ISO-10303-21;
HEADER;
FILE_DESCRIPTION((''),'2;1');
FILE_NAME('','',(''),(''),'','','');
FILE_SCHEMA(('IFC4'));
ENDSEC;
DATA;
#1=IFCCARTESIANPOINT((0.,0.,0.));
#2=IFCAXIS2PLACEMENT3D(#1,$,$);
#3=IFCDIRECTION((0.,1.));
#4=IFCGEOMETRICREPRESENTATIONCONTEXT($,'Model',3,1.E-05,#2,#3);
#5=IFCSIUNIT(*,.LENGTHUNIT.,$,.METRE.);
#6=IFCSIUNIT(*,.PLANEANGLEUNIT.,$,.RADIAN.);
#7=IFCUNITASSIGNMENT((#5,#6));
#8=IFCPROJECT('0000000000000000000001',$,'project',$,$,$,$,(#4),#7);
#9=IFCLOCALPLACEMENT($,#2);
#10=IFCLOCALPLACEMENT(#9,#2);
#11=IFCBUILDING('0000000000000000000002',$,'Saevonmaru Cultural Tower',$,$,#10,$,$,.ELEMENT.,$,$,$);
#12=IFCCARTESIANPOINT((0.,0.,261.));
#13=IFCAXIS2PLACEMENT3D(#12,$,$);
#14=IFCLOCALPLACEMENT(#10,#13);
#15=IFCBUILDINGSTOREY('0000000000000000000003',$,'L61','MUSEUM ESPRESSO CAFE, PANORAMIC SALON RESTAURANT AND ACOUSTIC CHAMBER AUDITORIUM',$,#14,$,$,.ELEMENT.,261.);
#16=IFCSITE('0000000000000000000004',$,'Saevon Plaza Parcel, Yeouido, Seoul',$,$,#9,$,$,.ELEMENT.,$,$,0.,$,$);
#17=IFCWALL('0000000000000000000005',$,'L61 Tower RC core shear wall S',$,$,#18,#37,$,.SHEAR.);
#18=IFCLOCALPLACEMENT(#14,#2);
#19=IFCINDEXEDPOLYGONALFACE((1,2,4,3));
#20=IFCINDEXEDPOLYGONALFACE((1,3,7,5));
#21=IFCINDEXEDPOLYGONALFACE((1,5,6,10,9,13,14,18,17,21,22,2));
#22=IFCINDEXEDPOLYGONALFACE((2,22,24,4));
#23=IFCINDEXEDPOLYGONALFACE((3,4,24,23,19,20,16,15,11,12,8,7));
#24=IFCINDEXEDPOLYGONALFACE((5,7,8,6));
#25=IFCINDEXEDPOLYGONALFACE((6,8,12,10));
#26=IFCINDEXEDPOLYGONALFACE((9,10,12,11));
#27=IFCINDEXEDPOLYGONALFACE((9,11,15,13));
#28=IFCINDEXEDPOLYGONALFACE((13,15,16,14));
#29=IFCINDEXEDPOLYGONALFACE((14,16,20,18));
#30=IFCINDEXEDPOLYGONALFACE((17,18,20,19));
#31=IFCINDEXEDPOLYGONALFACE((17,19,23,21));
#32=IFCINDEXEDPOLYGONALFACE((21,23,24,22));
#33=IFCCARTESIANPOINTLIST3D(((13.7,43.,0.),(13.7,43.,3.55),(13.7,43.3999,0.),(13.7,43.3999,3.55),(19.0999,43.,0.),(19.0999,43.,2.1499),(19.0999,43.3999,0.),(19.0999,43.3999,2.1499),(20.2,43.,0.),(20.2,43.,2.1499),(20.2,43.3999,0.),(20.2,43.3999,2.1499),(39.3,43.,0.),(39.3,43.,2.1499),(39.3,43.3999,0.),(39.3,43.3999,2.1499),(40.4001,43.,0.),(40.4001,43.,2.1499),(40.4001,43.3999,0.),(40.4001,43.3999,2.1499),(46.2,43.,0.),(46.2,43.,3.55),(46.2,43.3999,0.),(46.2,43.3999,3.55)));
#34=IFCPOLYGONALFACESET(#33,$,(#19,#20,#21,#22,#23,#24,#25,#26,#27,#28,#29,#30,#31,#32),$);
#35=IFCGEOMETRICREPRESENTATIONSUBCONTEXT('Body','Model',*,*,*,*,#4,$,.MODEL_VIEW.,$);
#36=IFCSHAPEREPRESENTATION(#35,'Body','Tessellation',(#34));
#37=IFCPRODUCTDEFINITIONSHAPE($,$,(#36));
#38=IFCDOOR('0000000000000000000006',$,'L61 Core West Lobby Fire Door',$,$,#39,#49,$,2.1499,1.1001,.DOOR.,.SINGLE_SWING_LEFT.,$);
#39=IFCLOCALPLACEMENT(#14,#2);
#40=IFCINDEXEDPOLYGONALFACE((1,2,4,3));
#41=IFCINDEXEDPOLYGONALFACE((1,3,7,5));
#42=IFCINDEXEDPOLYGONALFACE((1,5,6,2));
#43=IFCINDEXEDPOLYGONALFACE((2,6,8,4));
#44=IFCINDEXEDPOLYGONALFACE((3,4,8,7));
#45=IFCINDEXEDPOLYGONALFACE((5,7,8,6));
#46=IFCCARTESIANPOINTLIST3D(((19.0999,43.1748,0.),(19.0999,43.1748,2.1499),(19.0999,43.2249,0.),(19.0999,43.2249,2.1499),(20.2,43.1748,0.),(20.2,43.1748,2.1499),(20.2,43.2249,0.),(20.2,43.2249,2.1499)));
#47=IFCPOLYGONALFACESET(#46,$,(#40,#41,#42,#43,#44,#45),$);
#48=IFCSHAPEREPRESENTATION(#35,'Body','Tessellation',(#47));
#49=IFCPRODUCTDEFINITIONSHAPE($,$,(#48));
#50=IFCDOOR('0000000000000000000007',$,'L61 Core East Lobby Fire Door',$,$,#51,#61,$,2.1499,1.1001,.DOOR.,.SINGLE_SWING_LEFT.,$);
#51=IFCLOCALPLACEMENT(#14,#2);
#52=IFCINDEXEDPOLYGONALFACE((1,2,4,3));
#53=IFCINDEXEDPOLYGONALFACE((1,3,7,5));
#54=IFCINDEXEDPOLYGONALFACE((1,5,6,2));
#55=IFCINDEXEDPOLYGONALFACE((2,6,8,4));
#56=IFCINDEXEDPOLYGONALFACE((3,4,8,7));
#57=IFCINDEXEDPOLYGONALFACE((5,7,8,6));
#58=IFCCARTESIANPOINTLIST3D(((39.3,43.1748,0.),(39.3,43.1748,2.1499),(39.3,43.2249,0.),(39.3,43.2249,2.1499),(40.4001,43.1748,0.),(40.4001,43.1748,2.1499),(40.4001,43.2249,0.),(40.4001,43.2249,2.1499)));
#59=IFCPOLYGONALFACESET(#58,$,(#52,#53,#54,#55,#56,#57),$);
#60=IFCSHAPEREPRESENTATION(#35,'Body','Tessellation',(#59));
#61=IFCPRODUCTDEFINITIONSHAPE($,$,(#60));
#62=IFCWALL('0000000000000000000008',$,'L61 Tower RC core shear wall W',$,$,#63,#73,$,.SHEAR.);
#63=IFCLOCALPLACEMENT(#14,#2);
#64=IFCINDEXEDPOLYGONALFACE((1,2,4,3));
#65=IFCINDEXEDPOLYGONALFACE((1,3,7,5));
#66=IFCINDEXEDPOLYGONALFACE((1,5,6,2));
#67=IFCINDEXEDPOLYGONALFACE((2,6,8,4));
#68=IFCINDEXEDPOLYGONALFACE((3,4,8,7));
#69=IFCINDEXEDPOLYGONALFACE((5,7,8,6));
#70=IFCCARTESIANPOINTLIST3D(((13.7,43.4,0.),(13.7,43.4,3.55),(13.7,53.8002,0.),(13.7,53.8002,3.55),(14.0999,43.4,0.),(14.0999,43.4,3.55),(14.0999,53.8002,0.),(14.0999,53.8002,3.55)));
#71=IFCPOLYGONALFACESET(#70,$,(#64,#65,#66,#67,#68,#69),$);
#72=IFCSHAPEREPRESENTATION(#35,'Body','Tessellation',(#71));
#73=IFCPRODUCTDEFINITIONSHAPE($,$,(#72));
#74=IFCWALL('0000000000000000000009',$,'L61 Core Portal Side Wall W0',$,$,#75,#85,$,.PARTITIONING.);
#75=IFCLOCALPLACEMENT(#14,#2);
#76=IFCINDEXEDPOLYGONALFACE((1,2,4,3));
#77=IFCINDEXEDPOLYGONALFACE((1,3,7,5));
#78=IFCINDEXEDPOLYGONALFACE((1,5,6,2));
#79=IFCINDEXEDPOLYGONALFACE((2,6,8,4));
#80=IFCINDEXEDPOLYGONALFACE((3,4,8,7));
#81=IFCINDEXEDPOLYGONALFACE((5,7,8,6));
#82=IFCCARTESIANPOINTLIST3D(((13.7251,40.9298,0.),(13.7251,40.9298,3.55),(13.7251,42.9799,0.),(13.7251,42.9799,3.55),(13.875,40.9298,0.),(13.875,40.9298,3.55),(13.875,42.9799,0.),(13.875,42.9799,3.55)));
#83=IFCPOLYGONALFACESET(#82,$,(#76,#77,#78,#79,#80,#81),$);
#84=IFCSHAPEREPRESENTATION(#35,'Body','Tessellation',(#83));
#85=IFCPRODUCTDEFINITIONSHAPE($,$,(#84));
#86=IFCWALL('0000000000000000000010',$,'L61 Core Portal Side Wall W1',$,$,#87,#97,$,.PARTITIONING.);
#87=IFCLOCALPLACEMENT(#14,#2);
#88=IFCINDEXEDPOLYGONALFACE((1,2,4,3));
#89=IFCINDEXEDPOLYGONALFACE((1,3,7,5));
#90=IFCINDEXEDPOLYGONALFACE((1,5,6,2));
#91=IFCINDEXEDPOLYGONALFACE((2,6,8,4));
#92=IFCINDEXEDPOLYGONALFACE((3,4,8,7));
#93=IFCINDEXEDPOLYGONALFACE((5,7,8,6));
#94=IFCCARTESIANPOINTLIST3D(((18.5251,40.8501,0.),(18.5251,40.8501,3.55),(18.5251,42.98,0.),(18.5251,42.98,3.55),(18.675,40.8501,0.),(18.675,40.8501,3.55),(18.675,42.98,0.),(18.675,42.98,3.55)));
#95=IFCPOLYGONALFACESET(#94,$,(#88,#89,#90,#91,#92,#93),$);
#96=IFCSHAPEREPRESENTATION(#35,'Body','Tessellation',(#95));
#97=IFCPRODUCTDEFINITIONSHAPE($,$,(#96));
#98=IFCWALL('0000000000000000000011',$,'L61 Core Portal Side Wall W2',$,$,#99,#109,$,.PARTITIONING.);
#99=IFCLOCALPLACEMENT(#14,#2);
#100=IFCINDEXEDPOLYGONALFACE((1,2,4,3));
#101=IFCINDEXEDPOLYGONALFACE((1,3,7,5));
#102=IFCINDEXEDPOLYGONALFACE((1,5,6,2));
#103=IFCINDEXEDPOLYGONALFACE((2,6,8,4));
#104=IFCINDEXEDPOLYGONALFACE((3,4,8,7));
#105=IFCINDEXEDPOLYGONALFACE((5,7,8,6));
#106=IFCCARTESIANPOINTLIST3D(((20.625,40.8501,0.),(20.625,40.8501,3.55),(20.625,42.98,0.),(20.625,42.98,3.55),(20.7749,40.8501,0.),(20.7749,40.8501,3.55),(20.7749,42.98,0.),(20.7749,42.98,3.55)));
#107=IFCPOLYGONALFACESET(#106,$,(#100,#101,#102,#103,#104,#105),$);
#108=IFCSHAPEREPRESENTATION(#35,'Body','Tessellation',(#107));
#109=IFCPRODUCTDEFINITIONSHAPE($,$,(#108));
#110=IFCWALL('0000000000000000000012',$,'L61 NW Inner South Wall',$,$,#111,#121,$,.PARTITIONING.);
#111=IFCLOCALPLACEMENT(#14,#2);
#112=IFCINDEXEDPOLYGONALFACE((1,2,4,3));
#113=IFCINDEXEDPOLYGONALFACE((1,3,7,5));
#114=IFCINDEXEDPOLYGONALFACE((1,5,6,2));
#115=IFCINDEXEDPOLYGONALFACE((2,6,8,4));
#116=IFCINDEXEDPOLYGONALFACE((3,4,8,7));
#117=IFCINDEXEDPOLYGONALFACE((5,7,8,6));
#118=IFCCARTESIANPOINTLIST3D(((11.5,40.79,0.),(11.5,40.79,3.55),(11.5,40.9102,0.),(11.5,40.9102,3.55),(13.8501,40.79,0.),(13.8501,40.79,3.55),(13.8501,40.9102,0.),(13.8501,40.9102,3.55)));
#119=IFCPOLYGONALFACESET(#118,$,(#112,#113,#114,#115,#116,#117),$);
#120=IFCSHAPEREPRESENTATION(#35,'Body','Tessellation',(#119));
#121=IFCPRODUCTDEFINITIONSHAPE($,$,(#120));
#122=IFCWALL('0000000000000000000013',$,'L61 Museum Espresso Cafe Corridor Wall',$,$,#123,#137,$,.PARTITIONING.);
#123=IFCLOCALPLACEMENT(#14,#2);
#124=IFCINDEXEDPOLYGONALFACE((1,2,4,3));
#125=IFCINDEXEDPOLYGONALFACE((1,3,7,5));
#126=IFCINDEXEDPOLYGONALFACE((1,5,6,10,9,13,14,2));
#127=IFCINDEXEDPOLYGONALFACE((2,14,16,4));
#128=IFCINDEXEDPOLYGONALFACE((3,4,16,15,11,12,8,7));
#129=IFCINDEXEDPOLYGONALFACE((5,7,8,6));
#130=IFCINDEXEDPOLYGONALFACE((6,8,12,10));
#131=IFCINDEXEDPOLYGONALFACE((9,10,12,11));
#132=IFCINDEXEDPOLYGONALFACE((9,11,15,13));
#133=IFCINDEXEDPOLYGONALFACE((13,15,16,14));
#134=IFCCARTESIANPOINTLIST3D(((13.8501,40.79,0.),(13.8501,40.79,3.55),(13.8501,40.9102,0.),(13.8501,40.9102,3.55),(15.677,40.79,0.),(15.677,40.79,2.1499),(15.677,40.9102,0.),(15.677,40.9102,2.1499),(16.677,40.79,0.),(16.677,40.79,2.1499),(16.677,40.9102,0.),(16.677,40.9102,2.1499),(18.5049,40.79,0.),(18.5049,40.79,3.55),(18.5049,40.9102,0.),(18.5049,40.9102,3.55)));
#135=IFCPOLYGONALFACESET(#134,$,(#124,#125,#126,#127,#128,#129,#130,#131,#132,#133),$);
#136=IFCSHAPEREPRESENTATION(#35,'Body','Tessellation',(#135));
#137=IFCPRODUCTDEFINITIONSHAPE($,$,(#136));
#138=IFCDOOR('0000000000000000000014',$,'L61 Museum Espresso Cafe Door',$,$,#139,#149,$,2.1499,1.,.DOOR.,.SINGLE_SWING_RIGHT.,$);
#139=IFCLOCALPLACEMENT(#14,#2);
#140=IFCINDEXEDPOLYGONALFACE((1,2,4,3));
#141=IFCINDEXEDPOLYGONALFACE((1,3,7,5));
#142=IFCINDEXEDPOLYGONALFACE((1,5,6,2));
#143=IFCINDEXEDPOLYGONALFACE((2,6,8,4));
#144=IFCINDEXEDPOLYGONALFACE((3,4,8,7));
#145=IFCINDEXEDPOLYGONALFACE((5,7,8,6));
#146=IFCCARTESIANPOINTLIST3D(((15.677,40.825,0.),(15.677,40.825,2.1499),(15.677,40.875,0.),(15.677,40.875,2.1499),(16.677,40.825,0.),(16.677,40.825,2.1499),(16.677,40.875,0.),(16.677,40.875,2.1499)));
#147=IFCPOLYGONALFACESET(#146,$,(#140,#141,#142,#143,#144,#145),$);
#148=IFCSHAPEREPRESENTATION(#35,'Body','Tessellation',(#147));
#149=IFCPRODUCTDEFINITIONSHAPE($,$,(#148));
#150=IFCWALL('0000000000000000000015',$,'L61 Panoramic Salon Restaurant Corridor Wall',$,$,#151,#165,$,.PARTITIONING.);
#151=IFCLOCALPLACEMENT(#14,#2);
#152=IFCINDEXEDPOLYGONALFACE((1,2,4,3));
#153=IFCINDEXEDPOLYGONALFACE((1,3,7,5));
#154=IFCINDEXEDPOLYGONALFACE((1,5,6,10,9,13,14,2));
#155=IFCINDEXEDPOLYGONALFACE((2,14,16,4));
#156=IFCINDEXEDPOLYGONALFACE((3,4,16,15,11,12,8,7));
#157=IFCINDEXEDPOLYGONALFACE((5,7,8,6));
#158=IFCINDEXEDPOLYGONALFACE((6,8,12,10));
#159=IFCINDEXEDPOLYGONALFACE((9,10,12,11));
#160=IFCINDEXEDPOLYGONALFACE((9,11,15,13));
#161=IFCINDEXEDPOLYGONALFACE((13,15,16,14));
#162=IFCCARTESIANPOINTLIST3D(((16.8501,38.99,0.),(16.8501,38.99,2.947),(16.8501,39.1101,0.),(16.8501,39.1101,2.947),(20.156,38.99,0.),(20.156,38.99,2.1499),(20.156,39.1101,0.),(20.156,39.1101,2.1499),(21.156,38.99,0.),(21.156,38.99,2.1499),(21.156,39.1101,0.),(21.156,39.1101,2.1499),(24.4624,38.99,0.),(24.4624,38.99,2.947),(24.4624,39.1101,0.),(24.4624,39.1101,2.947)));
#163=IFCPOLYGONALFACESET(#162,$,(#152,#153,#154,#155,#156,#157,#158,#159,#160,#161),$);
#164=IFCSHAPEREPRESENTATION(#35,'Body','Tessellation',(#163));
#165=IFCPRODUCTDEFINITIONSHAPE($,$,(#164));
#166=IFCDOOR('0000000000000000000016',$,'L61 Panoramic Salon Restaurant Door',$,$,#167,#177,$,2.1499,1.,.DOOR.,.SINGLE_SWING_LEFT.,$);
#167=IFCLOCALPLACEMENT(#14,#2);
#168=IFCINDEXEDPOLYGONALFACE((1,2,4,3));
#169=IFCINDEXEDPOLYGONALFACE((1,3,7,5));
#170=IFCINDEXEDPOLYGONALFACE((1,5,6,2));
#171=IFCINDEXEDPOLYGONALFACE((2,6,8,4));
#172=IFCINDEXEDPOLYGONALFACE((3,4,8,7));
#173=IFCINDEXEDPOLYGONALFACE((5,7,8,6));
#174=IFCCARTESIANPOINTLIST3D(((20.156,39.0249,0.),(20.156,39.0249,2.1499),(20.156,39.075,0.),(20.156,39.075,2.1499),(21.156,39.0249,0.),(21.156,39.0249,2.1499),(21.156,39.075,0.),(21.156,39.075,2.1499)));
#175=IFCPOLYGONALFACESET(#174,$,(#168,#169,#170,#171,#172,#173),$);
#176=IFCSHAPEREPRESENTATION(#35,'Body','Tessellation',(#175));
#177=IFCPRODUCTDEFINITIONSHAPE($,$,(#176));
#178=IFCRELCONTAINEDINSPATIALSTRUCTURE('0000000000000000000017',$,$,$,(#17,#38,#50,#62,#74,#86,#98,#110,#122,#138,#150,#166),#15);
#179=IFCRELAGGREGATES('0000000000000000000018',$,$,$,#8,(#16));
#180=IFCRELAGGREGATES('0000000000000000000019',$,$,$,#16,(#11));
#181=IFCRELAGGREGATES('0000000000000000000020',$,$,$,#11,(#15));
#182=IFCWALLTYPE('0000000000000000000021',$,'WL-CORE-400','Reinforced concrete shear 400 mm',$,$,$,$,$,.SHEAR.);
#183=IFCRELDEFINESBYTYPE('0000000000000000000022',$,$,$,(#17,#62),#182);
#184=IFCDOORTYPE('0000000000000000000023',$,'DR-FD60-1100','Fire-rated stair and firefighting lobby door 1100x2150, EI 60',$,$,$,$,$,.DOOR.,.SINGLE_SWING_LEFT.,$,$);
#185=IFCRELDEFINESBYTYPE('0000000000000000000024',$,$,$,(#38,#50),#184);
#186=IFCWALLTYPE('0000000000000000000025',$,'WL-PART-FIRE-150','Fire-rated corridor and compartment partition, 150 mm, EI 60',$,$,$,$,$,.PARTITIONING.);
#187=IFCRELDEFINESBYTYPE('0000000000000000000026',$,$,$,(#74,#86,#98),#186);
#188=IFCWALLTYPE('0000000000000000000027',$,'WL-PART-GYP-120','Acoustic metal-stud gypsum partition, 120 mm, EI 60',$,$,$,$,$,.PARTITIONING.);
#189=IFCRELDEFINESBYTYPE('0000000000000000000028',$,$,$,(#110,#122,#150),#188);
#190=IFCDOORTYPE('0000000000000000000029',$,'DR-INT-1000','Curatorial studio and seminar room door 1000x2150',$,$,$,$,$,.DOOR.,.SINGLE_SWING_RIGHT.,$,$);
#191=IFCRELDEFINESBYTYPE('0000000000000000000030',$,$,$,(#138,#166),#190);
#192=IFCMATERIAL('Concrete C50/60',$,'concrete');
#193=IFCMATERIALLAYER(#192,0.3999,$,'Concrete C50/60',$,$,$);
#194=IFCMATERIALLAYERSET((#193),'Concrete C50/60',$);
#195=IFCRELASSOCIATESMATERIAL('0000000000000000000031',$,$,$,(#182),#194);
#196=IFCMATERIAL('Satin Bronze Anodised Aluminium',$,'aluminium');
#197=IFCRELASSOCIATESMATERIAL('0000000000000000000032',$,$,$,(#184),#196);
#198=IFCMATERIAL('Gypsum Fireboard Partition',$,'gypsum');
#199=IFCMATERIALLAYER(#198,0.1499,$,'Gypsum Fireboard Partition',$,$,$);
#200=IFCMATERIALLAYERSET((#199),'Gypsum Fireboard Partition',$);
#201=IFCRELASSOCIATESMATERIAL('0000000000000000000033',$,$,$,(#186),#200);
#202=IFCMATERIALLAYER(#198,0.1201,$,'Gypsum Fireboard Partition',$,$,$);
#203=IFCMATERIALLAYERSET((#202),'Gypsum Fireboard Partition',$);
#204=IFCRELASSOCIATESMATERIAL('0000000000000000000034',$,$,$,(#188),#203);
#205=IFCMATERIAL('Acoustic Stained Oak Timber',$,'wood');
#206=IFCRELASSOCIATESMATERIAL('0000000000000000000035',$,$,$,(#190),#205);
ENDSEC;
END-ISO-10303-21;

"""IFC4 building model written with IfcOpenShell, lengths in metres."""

from ifc_helpers import new_model, si_unit, direction, frame, frame_2d, origin, place, context, subcontext, project, spatial, rectangle, extrude, material, layer, layer_set, type_object, element, fill, save


model = new_model("IFC4")

# Units and contexts
model_context = context("Model", 3, precision=1e-05, world=origin(), true_north=direction((0.0, 1.0)))
body_context = subcontext(model_context, "Body", "Model", "MODEL_VIEW")
ifc_project = project(units=[si_unit("LENGTHUNIT", "METRE"), si_unit("PLANEANGLEUNIT", "RADIAN")], contexts=[model_context])

# Site, building, storey
site_placement = place(None, origin())
site = spatial("IfcSite", under=ifc_project, at=site_placement, Name="Saevon Plaza Parcel, Yeouido, Seoul", CompositionType="ELEMENT", RefElevation=0.0)
building_placement = place(site_placement, origin())
building = spatial("IfcBuilding", under=site, at=building_placement, Name="Saevonmaru Cultural Tower", CompositionType="ELEMENT")
storey_placement = place(building_placement, frame((0.0, 0.0, 261.0)))
storey = spatial("IfcBuildingStorey", under=building, at=storey_placement, Name="L61", Description="MUSEUM ESPRESSO CAFE, PANORAMIC SALON RESTAURANT AND ACOUSTIC CHAMBER AUDITORIUM", CompositionType="ELEMENT", Elevation=261.0)

# Wall, openings, doors
ifc_material_1 = material(Name="Concrete C50/60", Category="concrete")
ifc_layer_1 = layer(ifc_material_1, 0.3999, Name="Concrete C50/60")
ifc_layer_set_1 = layer_set([ifc_layer_1], Name="Concrete C50/60")
wall_type_1 = type_object("IfcWallType", Name="WL-CORE-400", Description="Reinforced concrete shear 400 mm", PredefinedType="SHEAR", material=ifc_layer_set_1)
wall_1_placement = place(storey_placement, frame((13.7, 43.2, 0.0), z_axis=(0.0, 0.0, 1.0), x_axis=(1.0, 0.0, 0.0)))
wall_1 = element("IfcWall", 1, at=wall_1_placement, inside=storey, type_object=wall_type_1, Name="L61 Tower RC core shear wall S", PredefinedType="SHEAR", context=body_context, shape_type="SweptSolid", body=[
    extrude(rectangle(XDim=32.5, YDim=0.3999, at=frame_2d((16.25, 0.0))), origin(), (0.0, 0.0, 1.0), 3.55),
])
opening_1_placement = place(wall_1_placement, frame((5.3999, 0.0, 0.0)))
opening_1 = element("IfcOpeningElement", 2, at=opening_1_placement, cuts=wall_1, PredefinedType="OPENING", context=body_context, shape_type="SweptSolid", body=[
    extrude(rectangle(XDim=1.1001, YDim=2.1499, at=frame_2d((0.55, 1.075))), frame((0.0, 0.21, 0.0), z_axis=(0.0, -1.0, 0.0), x_axis=(1.0, 0.0, 0.0)), (0.0, 0.0, 1.0), 0.4199),
])
opening_2_placement = place(wall_1_placement, frame((25.6001, 0.0, 0.0)))
opening_2 = element("IfcOpeningElement", 3, at=opening_2_placement, cuts=wall_1, PredefinedType="OPENING", context=body_context, shape_type="SweptSolid", body=[
    extrude(rectangle(XDim=1.1001, YDim=2.1499, at=frame_2d((0.55, 1.075))), frame((0.0, 0.21, 0.0), z_axis=(0.0, -1.0, 0.0), x_axis=(1.0, 0.0, 0.0)), (0.0, 0.0, 1.0), 0.4199),
])
ifc_material_2 = material(Name="Satin Bronze Anodised Aluminium", Category="aluminium")
door_type_1 = type_object("IfcDoorType", Name="DR-FD60-1100", Description="Fire-rated stair and firefighting lobby door 1100x2150, EI 60", OperationType="SINGLE_SWING_LEFT", PredefinedType="DOOR", material=ifc_material_2)
door_1_placement = place(opening_1_placement, origin())
door_1 = element("IfcDoor", 4, at=door_1_placement, inside=storey, type_object=door_type_1, Name="L61 Core West Lobby Fire Door", OperationType="SINGLE_SWING_LEFT", OverallHeight=2.1499, OverallWidth=1.1001, PredefinedType="DOOR", context=body_context, shape_type="SweptSolid", body=[
    extrude(rectangle(XDim=1.1001, YDim=2.1499, at=frame_2d((0.55, 1.075))), frame((0.0, 0.0249, 0.0), z_axis=(0.0, -1.0, 0.0), x_axis=(1.0, 0.0, 0.0)), (0.0, 0.0, 1.0), 0.05),
])
fill(opening_1, door_1)
door_2_placement = place(opening_2_placement, origin())
door_2 = element("IfcDoor", 5, at=door_2_placement, inside=storey, type_object=door_type_1, Name="L61 Core East Lobby Fire Door", OperationType="SINGLE_SWING_LEFT", OverallHeight=2.1499, OverallWidth=1.1001, PredefinedType="DOOR", context=body_context, shape_type="SweptSolid", body=[
    extrude(rectangle(XDim=1.1001, YDim=2.1499, at=frame_2d((0.55, 1.075))), frame((0.0, 0.0249, 0.0), z_axis=(0.0, -1.0, 0.0), x_axis=(1.0, 0.0, 0.0)), (0.0, 0.0, 1.0), 0.05),
])
fill(opening_2, door_2)

# Walls
wall_2_placement = place(storey_placement, frame((13.8999, 43.3999, 0.0), z_axis=(0.0, 0.0, 1.0), x_axis=(0.0, 1.0, 0.0)))
element("IfcWall", 6, at=wall_2_placement, inside=storey, type_object=wall_type_1, Name="L61 Tower RC core shear wall W", PredefinedType="SHEAR", context=body_context, shape_type="SweptSolid", body=[
    extrude(rectangle(XDim=10.4001, YDim=0.3999, at=frame_2d((5.2002, 0.0))), origin(), (0.0, 0.0, 1.0), 3.55),
])
ifc_material_3 = material(Name="Gypsum Fireboard Partition", Category="gypsum")
ifc_layer_2 = layer(ifc_material_3, 0.1499, Name="Gypsum Fireboard Partition")
ifc_layer_set_2 = layer_set([ifc_layer_2], Name="Gypsum Fireboard Partition")
wall_type_2 = type_object("IfcWallType", Name="WL-PART-FIRE-150", Description="Fire-rated corridor and compartment partition, 150 mm, EI 60", PredefinedType="PARTITIONING", material=ifc_layer_set_2)
wall_3_placement = place(storey_placement, frame((13.8, 40.9299, 0.0), z_axis=(0.0, 0.0, 1.0), x_axis=(0.0, 1.0, 0.0)))
element("IfcWall", 7, at=wall_3_placement, inside=storey, type_object=wall_type_2, Name="L61 Core Portal Side Wall W0", PredefinedType="PARTITIONING", context=body_context, shape_type="SweptSolid", body=[
    extrude(rectangle(XDim=2.05, YDim=0.1499, at=frame_2d((1.0249, 0.0))), origin(), (0.0, 0.0, 1.0), 3.55),
])
for number, where, z_axis, x_axis, name in (
    (8, (18.6001, 40.8501, 0.0), (0.0, 0.0, 1.0), (0.0, 1.0, 0.0), "L61 Core Portal Side Wall W1"),
    (9, (20.7, 40.8501, 0.0), (0.0, 0.0, 1.0), (0.0, 1.0, 0.0), "L61 Core Portal Side Wall W2"),
):
    element("IfcWall", number, at=place(storey_placement, frame(where, z_axis=z_axis, x_axis=x_axis)), inside=storey, type_object=wall_type_2, Name=name, PredefinedType="PARTITIONING", context=body_context, shape_type="SweptSolid", body=[
        extrude(rectangle(XDim=2.1299, YDim=0.1499, at=frame_2d((1.0649, 0.0))), origin(), (0.0, 0.0, 1.0), 3.55),
    ])
ifc_layer_3 = layer(ifc_material_3, 0.1201, Name="Gypsum Fireboard Partition")
ifc_layer_set_3 = layer_set([ifc_layer_3], Name="Gypsum Fireboard Partition")
wall_type_3 = type_object("IfcWallType", Name="WL-PART-GYP-120", Description="Acoustic metal-stud gypsum partition, 120 mm, EI 60", PredefinedType="PARTITIONING", material=ifc_layer_set_3)
wall_4_placement = place(storey_placement, frame((11.5, 40.8501, 0.0), z_axis=(0.0, 0.0, 1.0), x_axis=(1.0, 0.0, 0.0)))
element("IfcWall", 10, at=wall_4_placement, inside=storey, type_object=wall_type_3, Name="L61 NW Inner South Wall", PredefinedType="PARTITIONING", context=body_context, shape_type="SweptSolid", body=[
    extrude(rectangle(XDim=2.3501, YDim=0.1201, at=frame_2d((1.175, 0.0))), origin(), (0.0, 0.0, 1.0), 3.55),
])

# Walls, openings, doors
ifc_material_4 = material(Name="Acoustic Stained Oak Timber", Category="wood")
door_type_2 = type_object("IfcDoorType", Name="DR-INT-1000", Description="Curatorial studio and seminar room door 1000x2150", OperationType="SINGLE_SWING_RIGHT", PredefinedType="DOOR", material=ifc_material_4)
wall_5_placement = place(storey_placement, frame((13.8501, 40.8501, 0.0), z_axis=(0.0, 0.0, 1.0), x_axis=(1.0, 0.0, 0.0)))
wall_5 = element("IfcWall", 11, at=wall_5_placement, inside=storey, type_object=wall_type_3, Name="L61 Museum Espresso Cafe Corridor Wall", PredefinedType="PARTITIONING", context=body_context, shape_type="SweptSolid", body=[
    extrude(rectangle(XDim=4.6548, YDim=0.1201, at=frame_2d((2.3274, 0.0))), origin(), (0.0, 0.0, 1.0), 3.55),
])
opening_3_placement = place(wall_5_placement, frame((1.8269, 0.0, 0.0)))
opening_3 = element("IfcOpeningElement", 12, at=opening_3_placement, cuts=wall_5, PredefinedType="OPENING", context=body_context, shape_type="SweptSolid", body=[
    extrude(rectangle(XDim=1.0, YDim=2.1499, at=frame_2d((0.5, 1.075))), frame((0.0, 0.0701, 0.0), z_axis=(0.0, -1.0, 0.0), x_axis=(1.0, 0.0, 0.0)), (0.0, 0.0, 1.0), 0.1401),
])
door_3_placement = place(opening_3_placement, origin())
door_3 = element("IfcDoor", 13, at=door_3_placement, inside=storey, type_object=door_type_2, Name="L61 Museum Espresso Cafe Door", OperationType="SINGLE_SWING_RIGHT", OverallHeight=2.1499, OverallWidth=1.0, PredefinedType="DOOR", context=body_context, shape_type="SweptSolid", body=[
    extrude(rectangle(XDim=1.0, YDim=2.1499, at=frame_2d((0.5, 1.075))), frame((0.0, 0.0249, 0.0), z_axis=(0.0, -1.0, 0.0), x_axis=(1.0, 0.0, 0.0)), (0.0, 0.0, 1.0), 0.05),
])
fill(opening_3, door_3)
wall_6_placement = place(storey_placement, frame((16.8501, 39.05, 0.0), z_axis=(0.0, 0.0, 1.0), x_axis=(1.0, 0.0, 0.0)))
wall_6 = element("IfcWall", 14, at=wall_6_placement, inside=storey, type_object=wall_type_3, Name="L61 Panoramic Salon Restaurant Corridor Wall", PredefinedType="PARTITIONING", context=body_context, shape_type="SweptSolid", body=[
    extrude(rectangle(XDim=7.6123, YDim=0.1201, at=frame_2d((3.8062, 0.0))), origin(), (0.0, 0.0, 1.0), 2.947),
])
opening_4_placement = place(wall_6_placement, frame((3.3059, 0.0, 0.0)))
opening_4 = element("IfcOpeningElement", 15, at=opening_4_placement, cuts=wall_6, PredefinedType="OPENING", context=body_context, shape_type="SweptSolid", body=[
    extrude(rectangle(XDim=1.0, YDim=2.1499, at=frame_2d((0.5, 1.075))), frame((0.0, 0.0701, 0.0), z_axis=(0.0, -1.0, 0.0), x_axis=(1.0, 0.0, 0.0)), (0.0, 0.0, 1.0), 0.1401),
])
door_4_placement = place(opening_4_placement, origin())
door_4 = element("IfcDoor", 16, at=door_4_placement, inside=storey, type_object=door_type_2, Name="L61 Panoramic Salon Restaurant Door", OperationType="SINGLE_SWING_LEFT", OverallHeight=2.1499, OverallWidth=1.0, PredefinedType="DOOR", context=body_context, shape_type="SweptSolid", body=[
    extrude(rectangle(XDim=1.0, YDim=2.1499, at=frame_2d((0.5, 1.075))), frame((0.0, 0.0249, 0.0), z_axis=(0.0, -1.0, 0.0), x_axis=(1.0, 0.0, 0.0)), (0.0, 0.0, 1.0), 0.05),
])
fill(opening_4, door_4)

save(model, "model.ifc")
